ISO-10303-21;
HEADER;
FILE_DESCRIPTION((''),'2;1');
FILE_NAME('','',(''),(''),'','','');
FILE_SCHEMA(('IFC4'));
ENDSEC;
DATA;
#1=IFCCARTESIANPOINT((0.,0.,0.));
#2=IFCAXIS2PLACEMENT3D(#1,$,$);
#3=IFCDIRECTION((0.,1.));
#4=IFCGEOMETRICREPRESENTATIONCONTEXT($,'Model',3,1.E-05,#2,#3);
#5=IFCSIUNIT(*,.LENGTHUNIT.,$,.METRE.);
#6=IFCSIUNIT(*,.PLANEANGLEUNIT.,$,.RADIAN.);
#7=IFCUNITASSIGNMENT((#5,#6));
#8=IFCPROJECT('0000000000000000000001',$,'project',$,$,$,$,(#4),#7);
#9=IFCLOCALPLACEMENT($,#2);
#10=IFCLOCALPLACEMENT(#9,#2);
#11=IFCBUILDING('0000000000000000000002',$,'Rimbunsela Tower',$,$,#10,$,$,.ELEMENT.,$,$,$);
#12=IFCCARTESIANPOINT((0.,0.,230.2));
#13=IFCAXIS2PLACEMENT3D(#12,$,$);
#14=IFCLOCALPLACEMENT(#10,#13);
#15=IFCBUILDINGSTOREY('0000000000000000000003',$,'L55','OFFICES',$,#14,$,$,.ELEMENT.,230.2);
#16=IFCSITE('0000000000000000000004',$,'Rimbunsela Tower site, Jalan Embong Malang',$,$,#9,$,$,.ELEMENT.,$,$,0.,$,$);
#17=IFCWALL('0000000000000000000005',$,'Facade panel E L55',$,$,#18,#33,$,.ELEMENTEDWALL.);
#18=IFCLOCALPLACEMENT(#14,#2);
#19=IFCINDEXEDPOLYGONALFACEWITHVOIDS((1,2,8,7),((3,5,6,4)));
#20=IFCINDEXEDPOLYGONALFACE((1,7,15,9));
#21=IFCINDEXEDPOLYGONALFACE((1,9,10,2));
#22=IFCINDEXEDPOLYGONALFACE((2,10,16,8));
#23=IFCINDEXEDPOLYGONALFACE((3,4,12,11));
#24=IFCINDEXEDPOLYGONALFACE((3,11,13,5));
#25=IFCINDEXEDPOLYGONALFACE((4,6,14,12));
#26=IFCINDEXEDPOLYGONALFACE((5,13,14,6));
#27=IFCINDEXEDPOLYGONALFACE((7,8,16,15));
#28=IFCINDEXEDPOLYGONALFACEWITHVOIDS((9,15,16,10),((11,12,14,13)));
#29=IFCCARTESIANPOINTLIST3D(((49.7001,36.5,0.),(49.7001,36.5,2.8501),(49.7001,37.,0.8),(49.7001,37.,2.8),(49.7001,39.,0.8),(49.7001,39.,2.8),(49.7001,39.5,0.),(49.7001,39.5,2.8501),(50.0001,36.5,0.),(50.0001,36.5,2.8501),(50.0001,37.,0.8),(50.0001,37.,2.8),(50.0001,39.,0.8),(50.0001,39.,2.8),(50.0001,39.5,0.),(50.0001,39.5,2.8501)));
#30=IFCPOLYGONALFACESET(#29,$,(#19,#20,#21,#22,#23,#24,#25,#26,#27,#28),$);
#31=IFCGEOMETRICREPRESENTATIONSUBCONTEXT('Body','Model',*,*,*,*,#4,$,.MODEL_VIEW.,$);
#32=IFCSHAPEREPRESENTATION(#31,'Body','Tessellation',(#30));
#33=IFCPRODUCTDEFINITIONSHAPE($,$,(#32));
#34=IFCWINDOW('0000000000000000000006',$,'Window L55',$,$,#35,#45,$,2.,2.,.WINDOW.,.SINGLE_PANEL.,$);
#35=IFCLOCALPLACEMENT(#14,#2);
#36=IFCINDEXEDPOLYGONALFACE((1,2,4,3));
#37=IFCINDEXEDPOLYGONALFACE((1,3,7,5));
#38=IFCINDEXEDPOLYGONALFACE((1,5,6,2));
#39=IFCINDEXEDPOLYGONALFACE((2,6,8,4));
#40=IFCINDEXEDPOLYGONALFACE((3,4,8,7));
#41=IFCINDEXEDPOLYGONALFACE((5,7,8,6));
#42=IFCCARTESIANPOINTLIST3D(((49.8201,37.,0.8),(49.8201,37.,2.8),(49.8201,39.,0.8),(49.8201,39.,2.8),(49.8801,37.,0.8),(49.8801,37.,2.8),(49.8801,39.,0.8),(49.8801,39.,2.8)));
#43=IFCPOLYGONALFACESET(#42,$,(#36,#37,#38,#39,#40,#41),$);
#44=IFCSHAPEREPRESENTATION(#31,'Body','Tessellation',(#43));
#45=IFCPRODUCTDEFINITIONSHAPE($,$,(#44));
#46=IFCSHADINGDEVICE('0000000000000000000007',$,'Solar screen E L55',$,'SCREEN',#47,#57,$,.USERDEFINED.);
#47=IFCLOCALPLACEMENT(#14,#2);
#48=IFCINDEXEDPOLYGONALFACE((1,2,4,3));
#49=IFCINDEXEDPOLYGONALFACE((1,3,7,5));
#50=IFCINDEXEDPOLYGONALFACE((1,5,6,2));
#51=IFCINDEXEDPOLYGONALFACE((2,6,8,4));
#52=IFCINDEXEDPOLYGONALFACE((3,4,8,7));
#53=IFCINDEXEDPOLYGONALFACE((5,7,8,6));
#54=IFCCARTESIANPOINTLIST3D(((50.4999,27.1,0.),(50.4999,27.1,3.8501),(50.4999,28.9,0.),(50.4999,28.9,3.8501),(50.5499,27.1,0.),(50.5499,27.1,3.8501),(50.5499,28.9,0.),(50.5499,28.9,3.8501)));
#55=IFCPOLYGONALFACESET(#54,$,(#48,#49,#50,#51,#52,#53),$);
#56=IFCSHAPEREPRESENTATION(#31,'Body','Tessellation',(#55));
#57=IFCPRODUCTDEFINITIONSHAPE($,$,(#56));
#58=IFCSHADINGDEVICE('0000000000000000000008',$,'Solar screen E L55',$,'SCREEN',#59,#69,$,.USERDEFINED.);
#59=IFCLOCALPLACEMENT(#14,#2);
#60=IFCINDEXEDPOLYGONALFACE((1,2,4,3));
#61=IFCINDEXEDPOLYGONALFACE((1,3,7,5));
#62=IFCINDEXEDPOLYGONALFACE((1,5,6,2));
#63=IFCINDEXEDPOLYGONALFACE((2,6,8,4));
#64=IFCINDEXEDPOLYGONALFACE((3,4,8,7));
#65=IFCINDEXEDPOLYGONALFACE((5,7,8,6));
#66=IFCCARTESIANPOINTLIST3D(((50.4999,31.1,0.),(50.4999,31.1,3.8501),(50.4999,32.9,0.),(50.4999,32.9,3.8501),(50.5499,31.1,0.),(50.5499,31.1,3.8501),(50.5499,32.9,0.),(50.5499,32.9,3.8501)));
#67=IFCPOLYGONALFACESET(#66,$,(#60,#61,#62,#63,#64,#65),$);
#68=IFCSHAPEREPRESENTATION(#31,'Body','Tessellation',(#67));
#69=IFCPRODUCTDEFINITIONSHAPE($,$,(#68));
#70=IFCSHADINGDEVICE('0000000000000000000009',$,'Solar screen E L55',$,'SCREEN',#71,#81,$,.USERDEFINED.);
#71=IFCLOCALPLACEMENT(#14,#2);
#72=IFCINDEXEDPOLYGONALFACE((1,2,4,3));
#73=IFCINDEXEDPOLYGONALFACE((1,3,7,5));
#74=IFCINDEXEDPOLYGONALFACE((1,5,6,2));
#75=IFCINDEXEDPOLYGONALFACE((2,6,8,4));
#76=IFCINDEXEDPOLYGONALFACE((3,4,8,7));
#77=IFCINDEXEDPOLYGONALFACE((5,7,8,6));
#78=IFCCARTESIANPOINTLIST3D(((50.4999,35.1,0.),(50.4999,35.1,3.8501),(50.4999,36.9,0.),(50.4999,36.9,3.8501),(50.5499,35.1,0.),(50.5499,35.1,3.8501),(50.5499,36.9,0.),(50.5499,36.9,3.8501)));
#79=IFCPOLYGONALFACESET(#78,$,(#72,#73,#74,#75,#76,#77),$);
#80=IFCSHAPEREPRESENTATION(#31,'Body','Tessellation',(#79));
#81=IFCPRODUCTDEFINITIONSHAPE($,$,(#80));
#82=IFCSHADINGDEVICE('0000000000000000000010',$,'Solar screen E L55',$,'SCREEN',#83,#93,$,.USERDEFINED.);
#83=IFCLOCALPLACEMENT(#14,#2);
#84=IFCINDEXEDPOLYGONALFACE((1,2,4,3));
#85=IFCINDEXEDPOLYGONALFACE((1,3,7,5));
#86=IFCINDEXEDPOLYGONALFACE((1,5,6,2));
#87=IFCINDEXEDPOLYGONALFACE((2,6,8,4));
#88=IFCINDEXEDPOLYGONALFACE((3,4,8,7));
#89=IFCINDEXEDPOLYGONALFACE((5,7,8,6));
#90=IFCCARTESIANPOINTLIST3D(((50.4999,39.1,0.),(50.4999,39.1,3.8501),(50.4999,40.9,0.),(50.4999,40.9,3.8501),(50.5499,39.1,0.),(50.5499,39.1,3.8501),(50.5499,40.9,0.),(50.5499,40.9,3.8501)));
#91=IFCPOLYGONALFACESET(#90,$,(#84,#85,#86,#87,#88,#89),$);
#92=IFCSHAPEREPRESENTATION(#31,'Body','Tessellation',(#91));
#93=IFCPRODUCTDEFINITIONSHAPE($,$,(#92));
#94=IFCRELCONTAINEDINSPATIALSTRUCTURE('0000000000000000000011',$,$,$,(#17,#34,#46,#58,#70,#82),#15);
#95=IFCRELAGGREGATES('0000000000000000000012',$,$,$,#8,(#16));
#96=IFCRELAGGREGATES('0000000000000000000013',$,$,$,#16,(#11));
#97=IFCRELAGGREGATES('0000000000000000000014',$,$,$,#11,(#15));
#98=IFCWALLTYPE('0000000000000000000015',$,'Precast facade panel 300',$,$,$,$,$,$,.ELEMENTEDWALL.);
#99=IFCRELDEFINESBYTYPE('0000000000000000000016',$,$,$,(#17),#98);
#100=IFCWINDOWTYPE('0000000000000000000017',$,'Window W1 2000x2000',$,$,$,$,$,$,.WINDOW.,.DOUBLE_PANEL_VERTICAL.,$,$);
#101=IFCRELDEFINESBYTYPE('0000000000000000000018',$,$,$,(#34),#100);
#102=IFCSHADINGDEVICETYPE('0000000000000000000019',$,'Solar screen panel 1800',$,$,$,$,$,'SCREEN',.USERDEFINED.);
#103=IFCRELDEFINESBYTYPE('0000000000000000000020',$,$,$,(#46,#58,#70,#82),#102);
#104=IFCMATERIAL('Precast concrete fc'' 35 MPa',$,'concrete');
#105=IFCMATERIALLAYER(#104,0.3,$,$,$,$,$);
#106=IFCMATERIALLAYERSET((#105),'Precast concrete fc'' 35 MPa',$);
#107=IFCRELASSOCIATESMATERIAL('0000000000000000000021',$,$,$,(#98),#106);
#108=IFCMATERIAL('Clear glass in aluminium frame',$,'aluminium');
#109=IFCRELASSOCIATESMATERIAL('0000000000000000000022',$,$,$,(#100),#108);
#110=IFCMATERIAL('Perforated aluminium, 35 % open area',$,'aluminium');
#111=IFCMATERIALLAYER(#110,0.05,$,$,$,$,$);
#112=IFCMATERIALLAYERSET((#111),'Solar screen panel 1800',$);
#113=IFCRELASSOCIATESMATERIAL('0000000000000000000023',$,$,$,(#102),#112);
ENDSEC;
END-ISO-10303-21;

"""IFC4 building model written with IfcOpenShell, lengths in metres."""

from ifc_helpers import new_model, si_unit, direction, frame, frame_2d, origin, origin_2d, place, context, subcontext, project, spatial, rectangle, extrude, material, layer, layer_set, type_object, element, fill, save


model = new_model("IFC4")

# Units and contexts
model_context = context("Model", 3, precision=1e-05, world=origin(), true_north=direction((0.0, 1.0)))
body_context = subcontext(model_context, "Body", "Model", "MODEL_VIEW")
ifc_project = project(units=[si_unit("LENGTHUNIT", "METRE"), si_unit("PLANEANGLEUNIT", "RADIAN")], contexts=[model_context])

# Site, building, storey
site_placement = place(None, origin())
site = spatial("IfcSite", under=ifc_project, at=site_placement, Name="Rimbunsela Tower site, Jalan Embong Malang", CompositionType="ELEMENT", RefElevation=0.0)
building_placement = place(site_placement, origin())
building = spatial("IfcBuilding", under=site, at=building_placement, Name="Rimbunsela Tower", CompositionType="ELEMENT")
storey_placement = place(building_placement, frame((0.0, 0.0, 230.2)))
storey = spatial("IfcBuildingStorey", under=building, at=storey_placement, Name="L55", Description="OFFICES", CompositionType="ELEMENT", Elevation=230.2)

# Wall, opening, window
ifc_material_1 = material(Name="Precast concrete fc' 35 MPa", Category="concrete")
ifc_layer_1 = layer(ifc_material_1, 0.3)
ifc_layer_set_1 = layer_set([ifc_layer_1], Name="Precast concrete fc' 35 MPa")
wall_type_1 = type_object("IfcWallType", Name="Precast facade panel 300", PredefinedType="ELEMENTEDWALL", material=ifc_layer_set_1)
ifc_material_2 = material(Name="Clear glass in aluminium frame", Category="aluminium")
window_type = type_object("IfcWindowType", Name="Window W1 2000x2000", PartitioningType="DOUBLE_PANEL_VERTICAL", PredefinedType="WINDOW", material=ifc_material_2)
wall_1_placement = place(storey_placement, frame((49.8501, 36.5, 0.0), z_axis=(0.0, 0.0, 1.0), x_axis=(0.0, 1.0, 0.0)))
wall_1 = element("IfcWall", 1, at=wall_1_placement, inside=storey, type_object=wall_type_1, Name="Facade panel E L55", PredefinedType="ELEMENTEDWALL", context=body_context, shape_type="SweptSolid", body=[
    extrude(rectangle(XDim=3.0, YDim=0.3, at=frame_2d((1.5, 0.0))), origin(), (0.0, 0.0, 1.0), 2.8501),
])
opening_1_placement = place(wall_1_placement, frame((0.5, 0.0, 0.8)))
opening_1 = element("IfcOpeningElement", 2, at=opening_1_placement, cuts=wall_1, PredefinedType="OPENING", context=body_context, shape_type="SweptSolid", body=[
    extrude(rectangle(XDim=2.0, YDim=2.0, at=frame_2d((1.0, 1.0))), frame((0.0, 0.1599, 0.0), z_axis=(0.0, -1.0, 0.0), x_axis=(1.0, 0.0, 0.0)), (0.0, 0.0, 1.0), 0.3201),
])
window_1_placement = place(opening_1_placement, origin())
window_1 = element("IfcWindow", 3, at=window_1_placement, inside=storey, type_object=window_type, Name="Window L55", OverallHeight=2.0, OverallWidth=2.0, PartitioningType="SINGLE_PANEL", PredefinedType="WINDOW", context=body_context, shape_type="SweptSolid", body=[
    extrude(rectangle(XDim=2.0, YDim=2.0, at=frame_2d((1.0, 1.0))), frame((0.0, 0.03, 0.0), z_axis=(0.0, -1.0, 0.0), x_axis=(1.0, 0.0, 0.0)), (0.0, 0.0, 1.0), 0.0601),
])
fill(opening_1, window_1)

# Shading devices
ifc_material_3 = material(Name="Perforated aluminium, 35 % open area", Category="aluminium")
ifc_layer_2 = layer(ifc_material_3, 0.05)
ifc_layer_set_2 = layer_set([ifc_layer_2], Name="Solar screen panel 1800")
shading_device_type = type_object("IfcShadingDeviceType", Name="Solar screen panel 1800", ElementType="SCREEN", PredefinedType="USERDEFINED", material=ifc_layer_set_2)
for number, where, z_axis, x_axis, name in (
    (4, (50.5249, 28.0, 0.0), (0.0, 0.0, 1.0), (0.0, 1.0, 0.0), "Solar screen E L55"),
    (5, (50.5249, 32.0, 0.0), (0.0, 0.0, 1.0), (0.0, 1.0, 0.0), "Solar screen E L55"),
    (6, (50.5249, 36.0, 0.0), (0.0, 0.0, 1.0), (0.0, 1.0, 0.0), "Solar screen E L55"),
    (7, (50.5249, 40.0, 0.0), (0.0, 0.0, 1.0), (0.0, 1.0, 0.0), "Solar screen E L55"),
):
    element("IfcShadingDevice", number, at=place(storey_placement, frame(where, z_axis=z_axis, x_axis=x_axis)), inside=storey, type_object=shading_device_type, Name=name, ObjectType="SCREEN", PredefinedType="USERDEFINED", context=body_context, shape_type="SweptSolid", body=[
        extrude(rectangle(XDim=1.8, YDim=0.05, at=origin_2d()), origin(), (0.0, 0.0, 1.0), 3.8501),
    ])

save(model, "model.ifc")
